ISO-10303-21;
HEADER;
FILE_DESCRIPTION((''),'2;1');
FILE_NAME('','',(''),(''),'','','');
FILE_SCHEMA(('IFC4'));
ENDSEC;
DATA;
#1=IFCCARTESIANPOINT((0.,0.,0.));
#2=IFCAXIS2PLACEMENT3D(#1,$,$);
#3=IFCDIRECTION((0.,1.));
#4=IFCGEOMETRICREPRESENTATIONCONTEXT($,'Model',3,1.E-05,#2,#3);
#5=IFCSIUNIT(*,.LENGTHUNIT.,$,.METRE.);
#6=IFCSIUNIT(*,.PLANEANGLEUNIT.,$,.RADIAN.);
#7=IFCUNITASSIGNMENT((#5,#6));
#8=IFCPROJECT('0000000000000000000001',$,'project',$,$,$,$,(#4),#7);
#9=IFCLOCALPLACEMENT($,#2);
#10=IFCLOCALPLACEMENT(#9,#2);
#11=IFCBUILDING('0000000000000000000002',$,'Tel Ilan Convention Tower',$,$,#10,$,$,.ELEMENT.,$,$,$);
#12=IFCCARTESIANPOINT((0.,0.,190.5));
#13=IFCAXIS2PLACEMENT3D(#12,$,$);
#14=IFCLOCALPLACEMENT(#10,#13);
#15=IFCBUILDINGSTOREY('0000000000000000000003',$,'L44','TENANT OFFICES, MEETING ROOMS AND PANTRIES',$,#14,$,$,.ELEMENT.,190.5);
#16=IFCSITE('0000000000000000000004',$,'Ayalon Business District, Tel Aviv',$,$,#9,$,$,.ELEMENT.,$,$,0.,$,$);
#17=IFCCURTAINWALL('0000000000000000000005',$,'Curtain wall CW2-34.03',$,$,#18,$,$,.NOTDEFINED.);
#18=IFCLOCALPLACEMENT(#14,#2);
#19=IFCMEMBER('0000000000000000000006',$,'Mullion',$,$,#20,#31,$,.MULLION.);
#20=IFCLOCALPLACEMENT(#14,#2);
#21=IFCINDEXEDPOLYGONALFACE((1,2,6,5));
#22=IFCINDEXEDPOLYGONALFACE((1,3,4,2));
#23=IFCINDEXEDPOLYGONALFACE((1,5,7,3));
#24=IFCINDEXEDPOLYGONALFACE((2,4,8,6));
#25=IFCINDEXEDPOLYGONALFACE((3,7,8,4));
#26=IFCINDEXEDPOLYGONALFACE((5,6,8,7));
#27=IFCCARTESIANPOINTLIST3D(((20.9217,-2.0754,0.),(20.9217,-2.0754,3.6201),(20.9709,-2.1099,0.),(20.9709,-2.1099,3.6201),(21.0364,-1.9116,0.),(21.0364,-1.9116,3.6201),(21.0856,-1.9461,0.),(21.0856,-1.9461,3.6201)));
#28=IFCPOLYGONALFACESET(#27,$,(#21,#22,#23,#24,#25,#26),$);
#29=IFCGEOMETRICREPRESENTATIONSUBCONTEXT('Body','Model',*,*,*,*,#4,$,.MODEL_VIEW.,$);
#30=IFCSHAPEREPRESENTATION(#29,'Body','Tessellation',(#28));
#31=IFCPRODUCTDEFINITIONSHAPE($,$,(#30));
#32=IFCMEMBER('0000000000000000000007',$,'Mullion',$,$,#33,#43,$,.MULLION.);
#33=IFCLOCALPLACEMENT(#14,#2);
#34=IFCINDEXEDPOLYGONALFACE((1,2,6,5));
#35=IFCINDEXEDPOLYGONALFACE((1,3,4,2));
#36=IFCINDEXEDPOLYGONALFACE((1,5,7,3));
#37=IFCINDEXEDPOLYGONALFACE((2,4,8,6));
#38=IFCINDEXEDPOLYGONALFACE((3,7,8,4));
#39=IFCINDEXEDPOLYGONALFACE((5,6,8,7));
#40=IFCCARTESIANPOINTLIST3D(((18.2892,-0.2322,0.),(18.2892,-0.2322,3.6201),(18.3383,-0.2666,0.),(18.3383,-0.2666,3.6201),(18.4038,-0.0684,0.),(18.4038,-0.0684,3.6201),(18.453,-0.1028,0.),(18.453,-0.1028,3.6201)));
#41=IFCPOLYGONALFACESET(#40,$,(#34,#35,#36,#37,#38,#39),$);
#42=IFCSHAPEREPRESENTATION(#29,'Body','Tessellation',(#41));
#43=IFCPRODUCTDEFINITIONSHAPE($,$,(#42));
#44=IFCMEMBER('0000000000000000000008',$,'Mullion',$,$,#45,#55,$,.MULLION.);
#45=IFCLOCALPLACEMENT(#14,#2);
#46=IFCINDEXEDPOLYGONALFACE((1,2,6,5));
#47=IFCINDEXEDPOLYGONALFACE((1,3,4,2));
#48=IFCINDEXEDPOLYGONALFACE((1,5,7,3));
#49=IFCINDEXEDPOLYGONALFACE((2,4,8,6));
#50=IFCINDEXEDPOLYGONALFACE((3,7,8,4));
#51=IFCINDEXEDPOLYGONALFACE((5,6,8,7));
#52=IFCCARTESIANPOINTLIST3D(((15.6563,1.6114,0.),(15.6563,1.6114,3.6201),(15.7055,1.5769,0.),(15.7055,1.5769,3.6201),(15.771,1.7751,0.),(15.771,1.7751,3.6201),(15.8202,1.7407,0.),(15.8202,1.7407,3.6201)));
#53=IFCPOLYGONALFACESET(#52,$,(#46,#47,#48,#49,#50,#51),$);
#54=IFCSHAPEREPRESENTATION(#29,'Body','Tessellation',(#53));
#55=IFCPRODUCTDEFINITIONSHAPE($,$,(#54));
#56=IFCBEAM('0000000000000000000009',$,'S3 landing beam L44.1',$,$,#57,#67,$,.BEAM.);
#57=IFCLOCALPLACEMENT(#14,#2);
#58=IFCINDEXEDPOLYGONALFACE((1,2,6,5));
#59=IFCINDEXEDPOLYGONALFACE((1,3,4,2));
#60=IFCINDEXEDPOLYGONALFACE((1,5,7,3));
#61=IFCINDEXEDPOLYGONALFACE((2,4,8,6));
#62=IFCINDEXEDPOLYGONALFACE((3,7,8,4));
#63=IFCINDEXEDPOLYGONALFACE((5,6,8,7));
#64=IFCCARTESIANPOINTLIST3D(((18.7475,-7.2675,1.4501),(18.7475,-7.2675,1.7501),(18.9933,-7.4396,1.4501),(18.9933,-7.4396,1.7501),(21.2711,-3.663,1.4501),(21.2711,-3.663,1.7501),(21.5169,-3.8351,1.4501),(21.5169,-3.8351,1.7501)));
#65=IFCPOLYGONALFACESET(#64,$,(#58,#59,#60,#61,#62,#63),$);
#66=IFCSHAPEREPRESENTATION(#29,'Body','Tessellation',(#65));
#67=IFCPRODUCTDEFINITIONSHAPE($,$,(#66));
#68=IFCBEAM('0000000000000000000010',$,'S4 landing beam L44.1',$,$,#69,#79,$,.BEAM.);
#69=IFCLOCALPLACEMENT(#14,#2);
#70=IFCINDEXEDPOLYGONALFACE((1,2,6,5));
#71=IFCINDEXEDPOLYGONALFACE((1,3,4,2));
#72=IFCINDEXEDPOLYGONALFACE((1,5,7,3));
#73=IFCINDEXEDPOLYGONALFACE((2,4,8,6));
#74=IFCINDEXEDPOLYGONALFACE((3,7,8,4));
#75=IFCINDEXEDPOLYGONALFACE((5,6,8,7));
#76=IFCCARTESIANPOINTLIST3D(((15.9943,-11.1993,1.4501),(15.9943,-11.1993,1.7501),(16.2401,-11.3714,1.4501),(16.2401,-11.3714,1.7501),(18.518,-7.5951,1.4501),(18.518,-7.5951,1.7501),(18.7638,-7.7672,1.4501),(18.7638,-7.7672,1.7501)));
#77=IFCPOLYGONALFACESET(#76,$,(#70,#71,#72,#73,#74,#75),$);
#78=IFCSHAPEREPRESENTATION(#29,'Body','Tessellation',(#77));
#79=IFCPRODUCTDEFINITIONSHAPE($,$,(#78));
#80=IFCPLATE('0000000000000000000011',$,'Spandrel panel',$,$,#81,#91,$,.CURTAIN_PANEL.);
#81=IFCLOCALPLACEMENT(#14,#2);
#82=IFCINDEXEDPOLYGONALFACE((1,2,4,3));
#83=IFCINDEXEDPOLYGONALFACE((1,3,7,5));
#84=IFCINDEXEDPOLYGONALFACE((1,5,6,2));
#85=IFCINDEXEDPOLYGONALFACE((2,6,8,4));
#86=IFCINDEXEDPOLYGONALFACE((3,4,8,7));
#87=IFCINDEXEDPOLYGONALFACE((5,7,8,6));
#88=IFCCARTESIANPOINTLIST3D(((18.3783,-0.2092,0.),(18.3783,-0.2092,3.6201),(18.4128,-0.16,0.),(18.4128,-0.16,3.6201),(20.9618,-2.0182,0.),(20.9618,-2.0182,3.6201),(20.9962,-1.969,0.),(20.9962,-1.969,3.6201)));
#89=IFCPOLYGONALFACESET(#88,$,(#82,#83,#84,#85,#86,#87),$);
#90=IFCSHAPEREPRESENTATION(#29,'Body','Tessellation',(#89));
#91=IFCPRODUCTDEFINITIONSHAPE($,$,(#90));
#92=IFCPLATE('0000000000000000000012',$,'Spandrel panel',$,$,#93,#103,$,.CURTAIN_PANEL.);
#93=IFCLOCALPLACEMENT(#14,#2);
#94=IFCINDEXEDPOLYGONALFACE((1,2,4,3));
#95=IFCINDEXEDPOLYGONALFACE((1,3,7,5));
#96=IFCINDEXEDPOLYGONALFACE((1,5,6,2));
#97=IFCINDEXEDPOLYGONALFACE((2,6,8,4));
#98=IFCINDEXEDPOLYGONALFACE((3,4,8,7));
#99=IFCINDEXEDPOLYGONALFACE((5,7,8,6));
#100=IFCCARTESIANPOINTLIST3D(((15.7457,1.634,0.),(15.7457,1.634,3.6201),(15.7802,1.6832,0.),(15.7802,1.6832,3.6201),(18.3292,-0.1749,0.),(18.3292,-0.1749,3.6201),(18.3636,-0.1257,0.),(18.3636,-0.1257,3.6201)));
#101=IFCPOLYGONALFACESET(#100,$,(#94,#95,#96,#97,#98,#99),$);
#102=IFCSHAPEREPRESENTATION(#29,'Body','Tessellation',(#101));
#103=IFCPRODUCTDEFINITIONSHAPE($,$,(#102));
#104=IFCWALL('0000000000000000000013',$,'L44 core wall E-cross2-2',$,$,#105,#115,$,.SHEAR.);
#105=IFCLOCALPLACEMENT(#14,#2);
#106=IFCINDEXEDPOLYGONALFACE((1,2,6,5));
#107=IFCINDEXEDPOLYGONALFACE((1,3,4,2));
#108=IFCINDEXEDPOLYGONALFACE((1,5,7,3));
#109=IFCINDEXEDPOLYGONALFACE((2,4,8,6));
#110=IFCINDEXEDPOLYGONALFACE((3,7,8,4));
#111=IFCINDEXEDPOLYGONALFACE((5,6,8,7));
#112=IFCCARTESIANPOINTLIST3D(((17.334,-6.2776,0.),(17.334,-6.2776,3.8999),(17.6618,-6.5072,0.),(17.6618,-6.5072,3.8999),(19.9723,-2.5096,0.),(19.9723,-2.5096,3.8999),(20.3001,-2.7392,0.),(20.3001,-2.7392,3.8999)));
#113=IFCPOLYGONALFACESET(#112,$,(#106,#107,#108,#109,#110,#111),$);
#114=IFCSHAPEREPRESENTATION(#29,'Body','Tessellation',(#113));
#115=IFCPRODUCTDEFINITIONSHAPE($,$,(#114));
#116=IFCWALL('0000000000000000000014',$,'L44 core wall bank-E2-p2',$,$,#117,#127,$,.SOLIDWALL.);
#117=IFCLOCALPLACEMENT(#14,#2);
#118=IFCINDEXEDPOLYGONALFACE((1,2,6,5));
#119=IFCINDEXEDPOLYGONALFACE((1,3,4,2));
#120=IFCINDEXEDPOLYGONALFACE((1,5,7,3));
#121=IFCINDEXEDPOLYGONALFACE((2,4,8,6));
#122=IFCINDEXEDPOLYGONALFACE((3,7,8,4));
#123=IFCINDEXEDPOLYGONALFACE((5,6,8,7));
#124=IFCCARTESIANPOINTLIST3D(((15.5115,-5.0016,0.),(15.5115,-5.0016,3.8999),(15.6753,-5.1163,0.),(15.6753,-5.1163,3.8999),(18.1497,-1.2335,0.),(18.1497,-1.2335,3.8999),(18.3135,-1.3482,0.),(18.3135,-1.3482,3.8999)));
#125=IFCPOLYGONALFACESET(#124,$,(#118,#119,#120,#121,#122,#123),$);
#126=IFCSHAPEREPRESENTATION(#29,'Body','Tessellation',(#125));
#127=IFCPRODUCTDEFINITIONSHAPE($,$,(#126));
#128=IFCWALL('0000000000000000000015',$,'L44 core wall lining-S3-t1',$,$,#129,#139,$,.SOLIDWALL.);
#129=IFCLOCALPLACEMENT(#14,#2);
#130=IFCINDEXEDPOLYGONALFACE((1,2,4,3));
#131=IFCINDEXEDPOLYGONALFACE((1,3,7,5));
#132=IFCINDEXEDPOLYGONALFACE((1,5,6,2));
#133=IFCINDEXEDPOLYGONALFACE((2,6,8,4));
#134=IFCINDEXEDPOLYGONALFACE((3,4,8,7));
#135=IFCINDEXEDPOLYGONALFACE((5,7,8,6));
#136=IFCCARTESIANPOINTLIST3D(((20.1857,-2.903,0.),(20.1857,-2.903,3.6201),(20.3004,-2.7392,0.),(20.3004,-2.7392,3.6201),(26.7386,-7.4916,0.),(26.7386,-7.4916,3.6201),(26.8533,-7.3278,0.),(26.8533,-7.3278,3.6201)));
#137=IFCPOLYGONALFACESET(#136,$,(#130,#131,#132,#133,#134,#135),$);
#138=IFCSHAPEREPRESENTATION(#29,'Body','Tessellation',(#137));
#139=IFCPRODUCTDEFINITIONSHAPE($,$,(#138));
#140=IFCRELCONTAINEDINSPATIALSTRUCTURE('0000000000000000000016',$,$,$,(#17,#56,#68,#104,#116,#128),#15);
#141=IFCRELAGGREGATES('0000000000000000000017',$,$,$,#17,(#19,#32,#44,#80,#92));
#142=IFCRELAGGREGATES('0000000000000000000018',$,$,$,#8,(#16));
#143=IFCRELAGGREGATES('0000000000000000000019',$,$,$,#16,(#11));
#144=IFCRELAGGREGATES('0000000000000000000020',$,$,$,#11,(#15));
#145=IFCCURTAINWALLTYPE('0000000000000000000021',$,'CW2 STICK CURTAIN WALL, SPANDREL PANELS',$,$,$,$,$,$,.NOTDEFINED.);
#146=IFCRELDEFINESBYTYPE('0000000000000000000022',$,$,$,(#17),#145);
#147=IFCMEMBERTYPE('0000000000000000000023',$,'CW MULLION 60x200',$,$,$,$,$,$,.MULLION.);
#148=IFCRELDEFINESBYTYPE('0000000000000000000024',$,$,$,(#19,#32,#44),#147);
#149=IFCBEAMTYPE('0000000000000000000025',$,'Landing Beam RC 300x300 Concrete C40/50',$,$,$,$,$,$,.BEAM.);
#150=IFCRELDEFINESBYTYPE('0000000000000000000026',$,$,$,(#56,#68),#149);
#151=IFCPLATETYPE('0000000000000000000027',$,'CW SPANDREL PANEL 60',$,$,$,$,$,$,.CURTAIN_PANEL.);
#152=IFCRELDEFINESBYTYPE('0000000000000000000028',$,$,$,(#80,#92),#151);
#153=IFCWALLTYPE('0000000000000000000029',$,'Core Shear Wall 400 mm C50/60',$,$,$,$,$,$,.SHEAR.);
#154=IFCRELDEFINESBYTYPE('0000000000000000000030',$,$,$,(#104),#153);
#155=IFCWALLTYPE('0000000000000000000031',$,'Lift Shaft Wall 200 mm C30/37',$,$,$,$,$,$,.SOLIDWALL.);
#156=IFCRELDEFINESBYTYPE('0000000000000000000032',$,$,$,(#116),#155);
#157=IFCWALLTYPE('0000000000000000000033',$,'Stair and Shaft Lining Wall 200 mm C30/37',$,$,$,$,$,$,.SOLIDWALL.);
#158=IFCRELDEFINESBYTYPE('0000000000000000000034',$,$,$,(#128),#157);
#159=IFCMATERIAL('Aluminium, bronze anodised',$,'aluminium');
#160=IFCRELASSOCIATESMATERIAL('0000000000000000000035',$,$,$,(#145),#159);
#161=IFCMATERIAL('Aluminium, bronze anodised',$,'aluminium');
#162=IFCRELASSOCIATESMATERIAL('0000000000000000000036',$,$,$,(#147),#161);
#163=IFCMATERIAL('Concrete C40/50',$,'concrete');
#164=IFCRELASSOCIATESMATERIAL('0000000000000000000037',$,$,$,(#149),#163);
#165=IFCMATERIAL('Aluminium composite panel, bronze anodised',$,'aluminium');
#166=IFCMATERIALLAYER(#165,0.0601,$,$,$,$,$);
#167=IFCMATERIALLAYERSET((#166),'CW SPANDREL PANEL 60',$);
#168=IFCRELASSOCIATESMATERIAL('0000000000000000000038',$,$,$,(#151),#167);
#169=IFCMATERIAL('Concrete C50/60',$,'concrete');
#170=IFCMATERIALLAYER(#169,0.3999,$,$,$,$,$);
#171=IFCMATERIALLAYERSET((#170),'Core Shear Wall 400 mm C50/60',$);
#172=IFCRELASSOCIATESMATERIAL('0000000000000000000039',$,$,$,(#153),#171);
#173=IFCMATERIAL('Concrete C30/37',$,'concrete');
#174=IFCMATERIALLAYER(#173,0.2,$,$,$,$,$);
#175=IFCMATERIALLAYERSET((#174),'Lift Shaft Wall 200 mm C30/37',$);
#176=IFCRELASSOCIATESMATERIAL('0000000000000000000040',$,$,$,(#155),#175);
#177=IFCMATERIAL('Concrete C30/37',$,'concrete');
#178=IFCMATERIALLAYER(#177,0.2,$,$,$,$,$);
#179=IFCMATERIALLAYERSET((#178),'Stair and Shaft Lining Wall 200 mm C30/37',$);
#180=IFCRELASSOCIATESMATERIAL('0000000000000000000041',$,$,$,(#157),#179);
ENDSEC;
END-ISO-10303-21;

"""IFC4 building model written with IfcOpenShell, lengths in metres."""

from ifc_helpers import new_model, si_unit, direction, frame, frame_2d, origin, origin_2d, place, context, subcontext, project, spatial, polyline, rectangle, outline, extrude, material, layer, layer_set, material_profile, profile_set, type_object, element, aggregate, save


model = new_model("IFC4")

# Units and contexts
model_context = context("Model", 3, precision=1e-05, world=origin(), true_north=direction((0.0, 1.0)))
body_context = subcontext(model_context, "Body", "Model", "MODEL_VIEW")
ifc_project = project(units=[si_unit("LENGTHUNIT", "METRE"), si_unit("PLANEANGLEUNIT", "RADIAN")], contexts=[model_context])

# Site, building, storey
site_placement = place(None, origin())
site = spatial("IfcSite", under=ifc_project, at=site_placement, Name="Ayalon Business District, Tel Aviv", CompositionType="ELEMENT", RefElevation=0.0)
building_placement = place(site_placement, origin())
building = spatial("IfcBuilding", under=site, at=building_placement, Name="Tel Ilan Convention Tower", CompositionType="ELEMENT")
storey_placement = place(building_placement, frame((0.0, 0.0, 190.5)))
storey = spatial("IfcBuildingStorey", under=building, at=storey_placement, Name="L44", Description="TENANT OFFICES, MEETING ROOMS AND PANTRIES", CompositionType="ELEMENT", Elevation=190.5)

# Curtain wall, members
ifc_material_1 = material(Name="Aluminium, bronze anodised", Category="aluminium")
curtain_wall_type = type_object("IfcCurtainWallType", Name="CW2 STICK CURTAIN WALL, SPANDREL PANELS", PredefinedType="NOTDEFINED", material=ifc_material_1)
curtain_wall_placement = place(storey_placement, origin())
curtain_wall = element("IfcCurtainWall", 1, at=curtain_wall_placement, inside=storey, type_object=curtain_wall_type, Name="Curtain wall CW2-34.03", PredefinedType="NOTDEFINED")
ifc_material_2 = material(Name="Aluminium, bronze anodised", Category="aluminium")
ifc_material_profile_1 = material_profile(ifc_material_2, rectangle(XDim=0.0601, YDim=0.2, at=origin_2d()), Name="CW MULLION 60x200")
ifc_profile_set_1 = profile_set([ifc_material_profile_1], Name="Aluminium, bronze anodised")
member_type = type_object("IfcMemberType", Name="CW MULLION 60x200", PredefinedType="MULLION", material=ifc_profile_set_1)
member_1_placement = place(storey_placement, frame((21.0037, -2.0107, 0.0), z_axis=(0.0, 0.0, 1.0), x_axis=(-0.819152, 0.573576, 0.0)))
member_1 = element("IfcMember", 2, at=member_1_placement, type_object=member_type, Name="Mullion", PredefinedType="MULLION", context=body_context, shape_type="SweptSolid", body=[
    extrude(rectangle(XDim=0.0601, YDim=0.2, at=origin_2d()), origin(), (0.0, 0.0, 1.0), 3.6201),
])
member_2_placement = place(storey_placement, frame((18.3711, -0.1675, 0.0), z_axis=(0.0, 0.0, 1.0), x_axis=(-0.819152, 0.573576, 0.0)))
member_2 = element("IfcMember", 3, at=member_2_placement, type_object=member_type, Name="Mullion", PredefinedType="MULLION", context=body_context, shape_type="SweptSolid", body=[
    extrude(rectangle(XDim=0.0601, YDim=0.2, at=origin_2d()), origin(), (0.0, 0.0, 1.0), 3.6201),
])
member_3_placement = place(storey_placement, frame((15.7383, 1.676, 0.0), z_axis=(0.0, 0.0, 1.0), x_axis=(-0.819152, 0.573576, 0.0)))
member_3 = element("IfcMember", 4, at=member_3_placement, type_object=member_type, Name="Mullion", PredefinedType="MULLION", context=body_context, shape_type="SweptSolid", body=[
    extrude(rectangle(XDim=0.0601, YDim=0.2, at=origin_2d()), origin(), (0.0, 0.0, 1.0), 3.6201),
])

# Beams
ifc_material_3 = material(Name="Concrete C40/50", Category="concrete")
ifc_material_profile_2 = material_profile(ifc_material_3, rectangle(XDim=0.3, YDim=0.3, at=origin_2d()), Name="RC 300x300")
ifc_profile_set_2 = profile_set([ifc_material_profile_2], Name="Concrete C40/50")
beam_type = type_object("IfcBeamType", Name="Landing Beam RC 300x300 Concrete C40/50", PredefinedType="BEAM", material=ifc_profile_set_2)
beam_1_placement = place(storey_placement, frame((21.394, -3.749, 1.6001), z_axis=(-0.573544, -0.819175, 0.0), x_axis=(0.819175, -0.573544, 0.0)))
element("IfcBeam", 5, at=beam_1_placement, inside=storey, type_object=beam_type, Name="S3 landing beam L44.1", PredefinedType="BEAM", context=body_context, shape_type="SweptSolid", body=[
    extrude(rectangle(XDim=0.3, YDim=0.3, at=origin_2d()), origin(), (0.0, 0.0, 1.0), 4.4001),
])
beam_2_placement = place(storey_placement, frame((18.6409, -7.6812, 1.6001), z_axis=(-0.57357, -0.819156, 0.0), x_axis=(0.819156, -0.57357, 0.0)))
element("IfcBeam", 6, at=beam_2_placement, inside=storey, type_object=beam_type, Name="S4 landing beam L44.1", PredefinedType="BEAM", context=body_context, shape_type="SweptSolid", body=[
    extrude(rectangle(XDim=0.3, YDim=0.3, at=origin_2d()), origin(), (0.0, 0.0, 1.0), 4.3999),
])

# Plates
ifc_material_4 = material(Name="Aluminium composite panel, bronze anodised", Category="aluminium")
ifc_layer_1 = layer(ifc_material_4, 0.0601)
ifc_layer_set_1 = layer_set([ifc_layer_1], Name="CW SPANDREL PANEL 60")
plate_type = type_object("IfcPlateType", Name="CW SPANDREL PANEL 60", PredefinedType="CURTAIN_PANEL", material=ifc_layer_set_1)
plate_1_placement = place(storey_placement, frame((19.6873, -1.0891, 0.0), z_axis=(0.0, 0.0, 1.0), x_axis=(-0.819152, 0.573576, 0.0)))
plate_1 = element("IfcPlate", 7, at=plate_1_placement, type_object=plate_type, Name="Spandrel panel", PredefinedType="CURTAIN_PANEL", context=body_context, shape_type="SweptSolid", body=[
    extrude(rectangle(XDim=3.1538, YDim=0.0601, at=origin_2d()), origin(), (0.0, 0.0, 1.0), 3.6201),
])
plate_2_placement = place(storey_placement, frame((17.0547, 0.7542, 0.0), z_axis=(0.0, 0.0, 1.0), x_axis=(-0.819152, 0.573576, 0.0)))
plate_2 = element("IfcPlate", 8, at=plate_2_placement, type_object=plate_type, Name="Spandrel panel", PredefinedType="CURTAIN_PANEL", context=body_context, shape_type="SweptSolid", body=[
    extrude(rectangle(XDim=3.1538, YDim=0.0601, at=origin_2d()), origin(), (0.0, 0.0, 1.0), 3.6201),
])
aggregate(curtain_wall, [member_1, member_2, member_3, plate_1, plate_2])

# Walls
ifc_material_5 = material(Name="Concrete C50/60", Category="concrete")
ifc_layer_2 = layer(ifc_material_5, 0.3999)
ifc_layer_set_2 = layer_set([ifc_layer_2], Name="Core Shear Wall 400 mm C50/60")
wall_type_1 = type_object("IfcWallType", Name="Core Shear Wall 400 mm C50/60", PredefinedType="SHEAR", material=ifc_layer_set_2)
wall_1_placement = place(storey_placement, frame((17.4978, -6.3923, 0.0), z_axis=(0.0, 0.0, 1.0), x_axis=(0.573612, 0.819127, 0.0)))
element("IfcWall", 9, at=wall_1_placement, inside=storey, type_object=wall_type_1, Name="L44 core wall E-cross2-2", PredefinedType="SHEAR", context=body_context, shape_type="SweptSolid", body=[
    extrude(outline(polyline([(4.5999, -0.2), (4.5999, 0.2002), (0.0, 0.2), (0.0, -0.2002), (4.5999, -0.2)])), origin(), (0.0, 0.0, 1.0), 3.8999),
])
ifc_material_6 = material(Name="Concrete C30/37", Category="concrete")
ifc_layer_3 = layer(ifc_material_6, 0.2)
ifc_layer_set_3 = layer_set([ifc_layer_3], Name="Lift Shaft Wall 200 mm C30/37")
wall_type_2 = type_object("IfcWallType", Name="Lift Shaft Wall 200 mm C30/37", PredefinedType="SOLIDWALL", material=ifc_layer_set_3)
wall_2_placement = place(storey_placement, frame((15.5935, -5.0588, 0.0), z_axis=(0.0, 0.0, 1.0), x_axis=(0.573541, 0.819177, 0.0)))
element("IfcWall", 10, at=wall_2_placement, inside=storey, type_object=wall_type_2, Name="L44 core wall bank-E2-p2", PredefinedType="SOLIDWALL", context=body_context, shape_type="SweptSolid", body=[
    extrude(rectangle(XDim=4.5999, YDim=0.2, at=frame_2d((2.2998, 0.0))), origin(), (0.0, 0.0, 1.0), 3.8999),
])
ifc_material_7 = material(Name="Concrete C30/37", Category="concrete")
ifc_layer_4 = layer(ifc_material_7, 0.2)
ifc_layer_set_4 = layer_set([ifc_layer_4], Name="Stair and Shaft Lining Wall 200 mm C30/37")
wall_type_3 = type_object("IfcWallType", Name="Stair and Shaft Lining Wall 200 mm C30/37", PredefinedType="SOLIDWALL", material=ifc_layer_set_4)
wall_3_placement = place(storey_placement, frame((20.2429, -2.821, 0.0), z_axis=(0.0, 0.0, 1.0), x_axis=(0.819142, -0.573591, 0.0)))
element("IfcWall", 11, at=wall_3_placement, inside=storey, type_object=wall_type_3, Name="L44 core wall lining-S3-t1", PredefinedType="SOLIDWALL", context=body_context, shape_type="SweptSolid", body=[
    extrude(rectangle(XDim=7.9998, YDim=0.2, at=frame_2d((4.0, 0.0))), origin(), (0.0, 0.0, 1.0), 3.6201),
])

save(model, "model.ifc")
